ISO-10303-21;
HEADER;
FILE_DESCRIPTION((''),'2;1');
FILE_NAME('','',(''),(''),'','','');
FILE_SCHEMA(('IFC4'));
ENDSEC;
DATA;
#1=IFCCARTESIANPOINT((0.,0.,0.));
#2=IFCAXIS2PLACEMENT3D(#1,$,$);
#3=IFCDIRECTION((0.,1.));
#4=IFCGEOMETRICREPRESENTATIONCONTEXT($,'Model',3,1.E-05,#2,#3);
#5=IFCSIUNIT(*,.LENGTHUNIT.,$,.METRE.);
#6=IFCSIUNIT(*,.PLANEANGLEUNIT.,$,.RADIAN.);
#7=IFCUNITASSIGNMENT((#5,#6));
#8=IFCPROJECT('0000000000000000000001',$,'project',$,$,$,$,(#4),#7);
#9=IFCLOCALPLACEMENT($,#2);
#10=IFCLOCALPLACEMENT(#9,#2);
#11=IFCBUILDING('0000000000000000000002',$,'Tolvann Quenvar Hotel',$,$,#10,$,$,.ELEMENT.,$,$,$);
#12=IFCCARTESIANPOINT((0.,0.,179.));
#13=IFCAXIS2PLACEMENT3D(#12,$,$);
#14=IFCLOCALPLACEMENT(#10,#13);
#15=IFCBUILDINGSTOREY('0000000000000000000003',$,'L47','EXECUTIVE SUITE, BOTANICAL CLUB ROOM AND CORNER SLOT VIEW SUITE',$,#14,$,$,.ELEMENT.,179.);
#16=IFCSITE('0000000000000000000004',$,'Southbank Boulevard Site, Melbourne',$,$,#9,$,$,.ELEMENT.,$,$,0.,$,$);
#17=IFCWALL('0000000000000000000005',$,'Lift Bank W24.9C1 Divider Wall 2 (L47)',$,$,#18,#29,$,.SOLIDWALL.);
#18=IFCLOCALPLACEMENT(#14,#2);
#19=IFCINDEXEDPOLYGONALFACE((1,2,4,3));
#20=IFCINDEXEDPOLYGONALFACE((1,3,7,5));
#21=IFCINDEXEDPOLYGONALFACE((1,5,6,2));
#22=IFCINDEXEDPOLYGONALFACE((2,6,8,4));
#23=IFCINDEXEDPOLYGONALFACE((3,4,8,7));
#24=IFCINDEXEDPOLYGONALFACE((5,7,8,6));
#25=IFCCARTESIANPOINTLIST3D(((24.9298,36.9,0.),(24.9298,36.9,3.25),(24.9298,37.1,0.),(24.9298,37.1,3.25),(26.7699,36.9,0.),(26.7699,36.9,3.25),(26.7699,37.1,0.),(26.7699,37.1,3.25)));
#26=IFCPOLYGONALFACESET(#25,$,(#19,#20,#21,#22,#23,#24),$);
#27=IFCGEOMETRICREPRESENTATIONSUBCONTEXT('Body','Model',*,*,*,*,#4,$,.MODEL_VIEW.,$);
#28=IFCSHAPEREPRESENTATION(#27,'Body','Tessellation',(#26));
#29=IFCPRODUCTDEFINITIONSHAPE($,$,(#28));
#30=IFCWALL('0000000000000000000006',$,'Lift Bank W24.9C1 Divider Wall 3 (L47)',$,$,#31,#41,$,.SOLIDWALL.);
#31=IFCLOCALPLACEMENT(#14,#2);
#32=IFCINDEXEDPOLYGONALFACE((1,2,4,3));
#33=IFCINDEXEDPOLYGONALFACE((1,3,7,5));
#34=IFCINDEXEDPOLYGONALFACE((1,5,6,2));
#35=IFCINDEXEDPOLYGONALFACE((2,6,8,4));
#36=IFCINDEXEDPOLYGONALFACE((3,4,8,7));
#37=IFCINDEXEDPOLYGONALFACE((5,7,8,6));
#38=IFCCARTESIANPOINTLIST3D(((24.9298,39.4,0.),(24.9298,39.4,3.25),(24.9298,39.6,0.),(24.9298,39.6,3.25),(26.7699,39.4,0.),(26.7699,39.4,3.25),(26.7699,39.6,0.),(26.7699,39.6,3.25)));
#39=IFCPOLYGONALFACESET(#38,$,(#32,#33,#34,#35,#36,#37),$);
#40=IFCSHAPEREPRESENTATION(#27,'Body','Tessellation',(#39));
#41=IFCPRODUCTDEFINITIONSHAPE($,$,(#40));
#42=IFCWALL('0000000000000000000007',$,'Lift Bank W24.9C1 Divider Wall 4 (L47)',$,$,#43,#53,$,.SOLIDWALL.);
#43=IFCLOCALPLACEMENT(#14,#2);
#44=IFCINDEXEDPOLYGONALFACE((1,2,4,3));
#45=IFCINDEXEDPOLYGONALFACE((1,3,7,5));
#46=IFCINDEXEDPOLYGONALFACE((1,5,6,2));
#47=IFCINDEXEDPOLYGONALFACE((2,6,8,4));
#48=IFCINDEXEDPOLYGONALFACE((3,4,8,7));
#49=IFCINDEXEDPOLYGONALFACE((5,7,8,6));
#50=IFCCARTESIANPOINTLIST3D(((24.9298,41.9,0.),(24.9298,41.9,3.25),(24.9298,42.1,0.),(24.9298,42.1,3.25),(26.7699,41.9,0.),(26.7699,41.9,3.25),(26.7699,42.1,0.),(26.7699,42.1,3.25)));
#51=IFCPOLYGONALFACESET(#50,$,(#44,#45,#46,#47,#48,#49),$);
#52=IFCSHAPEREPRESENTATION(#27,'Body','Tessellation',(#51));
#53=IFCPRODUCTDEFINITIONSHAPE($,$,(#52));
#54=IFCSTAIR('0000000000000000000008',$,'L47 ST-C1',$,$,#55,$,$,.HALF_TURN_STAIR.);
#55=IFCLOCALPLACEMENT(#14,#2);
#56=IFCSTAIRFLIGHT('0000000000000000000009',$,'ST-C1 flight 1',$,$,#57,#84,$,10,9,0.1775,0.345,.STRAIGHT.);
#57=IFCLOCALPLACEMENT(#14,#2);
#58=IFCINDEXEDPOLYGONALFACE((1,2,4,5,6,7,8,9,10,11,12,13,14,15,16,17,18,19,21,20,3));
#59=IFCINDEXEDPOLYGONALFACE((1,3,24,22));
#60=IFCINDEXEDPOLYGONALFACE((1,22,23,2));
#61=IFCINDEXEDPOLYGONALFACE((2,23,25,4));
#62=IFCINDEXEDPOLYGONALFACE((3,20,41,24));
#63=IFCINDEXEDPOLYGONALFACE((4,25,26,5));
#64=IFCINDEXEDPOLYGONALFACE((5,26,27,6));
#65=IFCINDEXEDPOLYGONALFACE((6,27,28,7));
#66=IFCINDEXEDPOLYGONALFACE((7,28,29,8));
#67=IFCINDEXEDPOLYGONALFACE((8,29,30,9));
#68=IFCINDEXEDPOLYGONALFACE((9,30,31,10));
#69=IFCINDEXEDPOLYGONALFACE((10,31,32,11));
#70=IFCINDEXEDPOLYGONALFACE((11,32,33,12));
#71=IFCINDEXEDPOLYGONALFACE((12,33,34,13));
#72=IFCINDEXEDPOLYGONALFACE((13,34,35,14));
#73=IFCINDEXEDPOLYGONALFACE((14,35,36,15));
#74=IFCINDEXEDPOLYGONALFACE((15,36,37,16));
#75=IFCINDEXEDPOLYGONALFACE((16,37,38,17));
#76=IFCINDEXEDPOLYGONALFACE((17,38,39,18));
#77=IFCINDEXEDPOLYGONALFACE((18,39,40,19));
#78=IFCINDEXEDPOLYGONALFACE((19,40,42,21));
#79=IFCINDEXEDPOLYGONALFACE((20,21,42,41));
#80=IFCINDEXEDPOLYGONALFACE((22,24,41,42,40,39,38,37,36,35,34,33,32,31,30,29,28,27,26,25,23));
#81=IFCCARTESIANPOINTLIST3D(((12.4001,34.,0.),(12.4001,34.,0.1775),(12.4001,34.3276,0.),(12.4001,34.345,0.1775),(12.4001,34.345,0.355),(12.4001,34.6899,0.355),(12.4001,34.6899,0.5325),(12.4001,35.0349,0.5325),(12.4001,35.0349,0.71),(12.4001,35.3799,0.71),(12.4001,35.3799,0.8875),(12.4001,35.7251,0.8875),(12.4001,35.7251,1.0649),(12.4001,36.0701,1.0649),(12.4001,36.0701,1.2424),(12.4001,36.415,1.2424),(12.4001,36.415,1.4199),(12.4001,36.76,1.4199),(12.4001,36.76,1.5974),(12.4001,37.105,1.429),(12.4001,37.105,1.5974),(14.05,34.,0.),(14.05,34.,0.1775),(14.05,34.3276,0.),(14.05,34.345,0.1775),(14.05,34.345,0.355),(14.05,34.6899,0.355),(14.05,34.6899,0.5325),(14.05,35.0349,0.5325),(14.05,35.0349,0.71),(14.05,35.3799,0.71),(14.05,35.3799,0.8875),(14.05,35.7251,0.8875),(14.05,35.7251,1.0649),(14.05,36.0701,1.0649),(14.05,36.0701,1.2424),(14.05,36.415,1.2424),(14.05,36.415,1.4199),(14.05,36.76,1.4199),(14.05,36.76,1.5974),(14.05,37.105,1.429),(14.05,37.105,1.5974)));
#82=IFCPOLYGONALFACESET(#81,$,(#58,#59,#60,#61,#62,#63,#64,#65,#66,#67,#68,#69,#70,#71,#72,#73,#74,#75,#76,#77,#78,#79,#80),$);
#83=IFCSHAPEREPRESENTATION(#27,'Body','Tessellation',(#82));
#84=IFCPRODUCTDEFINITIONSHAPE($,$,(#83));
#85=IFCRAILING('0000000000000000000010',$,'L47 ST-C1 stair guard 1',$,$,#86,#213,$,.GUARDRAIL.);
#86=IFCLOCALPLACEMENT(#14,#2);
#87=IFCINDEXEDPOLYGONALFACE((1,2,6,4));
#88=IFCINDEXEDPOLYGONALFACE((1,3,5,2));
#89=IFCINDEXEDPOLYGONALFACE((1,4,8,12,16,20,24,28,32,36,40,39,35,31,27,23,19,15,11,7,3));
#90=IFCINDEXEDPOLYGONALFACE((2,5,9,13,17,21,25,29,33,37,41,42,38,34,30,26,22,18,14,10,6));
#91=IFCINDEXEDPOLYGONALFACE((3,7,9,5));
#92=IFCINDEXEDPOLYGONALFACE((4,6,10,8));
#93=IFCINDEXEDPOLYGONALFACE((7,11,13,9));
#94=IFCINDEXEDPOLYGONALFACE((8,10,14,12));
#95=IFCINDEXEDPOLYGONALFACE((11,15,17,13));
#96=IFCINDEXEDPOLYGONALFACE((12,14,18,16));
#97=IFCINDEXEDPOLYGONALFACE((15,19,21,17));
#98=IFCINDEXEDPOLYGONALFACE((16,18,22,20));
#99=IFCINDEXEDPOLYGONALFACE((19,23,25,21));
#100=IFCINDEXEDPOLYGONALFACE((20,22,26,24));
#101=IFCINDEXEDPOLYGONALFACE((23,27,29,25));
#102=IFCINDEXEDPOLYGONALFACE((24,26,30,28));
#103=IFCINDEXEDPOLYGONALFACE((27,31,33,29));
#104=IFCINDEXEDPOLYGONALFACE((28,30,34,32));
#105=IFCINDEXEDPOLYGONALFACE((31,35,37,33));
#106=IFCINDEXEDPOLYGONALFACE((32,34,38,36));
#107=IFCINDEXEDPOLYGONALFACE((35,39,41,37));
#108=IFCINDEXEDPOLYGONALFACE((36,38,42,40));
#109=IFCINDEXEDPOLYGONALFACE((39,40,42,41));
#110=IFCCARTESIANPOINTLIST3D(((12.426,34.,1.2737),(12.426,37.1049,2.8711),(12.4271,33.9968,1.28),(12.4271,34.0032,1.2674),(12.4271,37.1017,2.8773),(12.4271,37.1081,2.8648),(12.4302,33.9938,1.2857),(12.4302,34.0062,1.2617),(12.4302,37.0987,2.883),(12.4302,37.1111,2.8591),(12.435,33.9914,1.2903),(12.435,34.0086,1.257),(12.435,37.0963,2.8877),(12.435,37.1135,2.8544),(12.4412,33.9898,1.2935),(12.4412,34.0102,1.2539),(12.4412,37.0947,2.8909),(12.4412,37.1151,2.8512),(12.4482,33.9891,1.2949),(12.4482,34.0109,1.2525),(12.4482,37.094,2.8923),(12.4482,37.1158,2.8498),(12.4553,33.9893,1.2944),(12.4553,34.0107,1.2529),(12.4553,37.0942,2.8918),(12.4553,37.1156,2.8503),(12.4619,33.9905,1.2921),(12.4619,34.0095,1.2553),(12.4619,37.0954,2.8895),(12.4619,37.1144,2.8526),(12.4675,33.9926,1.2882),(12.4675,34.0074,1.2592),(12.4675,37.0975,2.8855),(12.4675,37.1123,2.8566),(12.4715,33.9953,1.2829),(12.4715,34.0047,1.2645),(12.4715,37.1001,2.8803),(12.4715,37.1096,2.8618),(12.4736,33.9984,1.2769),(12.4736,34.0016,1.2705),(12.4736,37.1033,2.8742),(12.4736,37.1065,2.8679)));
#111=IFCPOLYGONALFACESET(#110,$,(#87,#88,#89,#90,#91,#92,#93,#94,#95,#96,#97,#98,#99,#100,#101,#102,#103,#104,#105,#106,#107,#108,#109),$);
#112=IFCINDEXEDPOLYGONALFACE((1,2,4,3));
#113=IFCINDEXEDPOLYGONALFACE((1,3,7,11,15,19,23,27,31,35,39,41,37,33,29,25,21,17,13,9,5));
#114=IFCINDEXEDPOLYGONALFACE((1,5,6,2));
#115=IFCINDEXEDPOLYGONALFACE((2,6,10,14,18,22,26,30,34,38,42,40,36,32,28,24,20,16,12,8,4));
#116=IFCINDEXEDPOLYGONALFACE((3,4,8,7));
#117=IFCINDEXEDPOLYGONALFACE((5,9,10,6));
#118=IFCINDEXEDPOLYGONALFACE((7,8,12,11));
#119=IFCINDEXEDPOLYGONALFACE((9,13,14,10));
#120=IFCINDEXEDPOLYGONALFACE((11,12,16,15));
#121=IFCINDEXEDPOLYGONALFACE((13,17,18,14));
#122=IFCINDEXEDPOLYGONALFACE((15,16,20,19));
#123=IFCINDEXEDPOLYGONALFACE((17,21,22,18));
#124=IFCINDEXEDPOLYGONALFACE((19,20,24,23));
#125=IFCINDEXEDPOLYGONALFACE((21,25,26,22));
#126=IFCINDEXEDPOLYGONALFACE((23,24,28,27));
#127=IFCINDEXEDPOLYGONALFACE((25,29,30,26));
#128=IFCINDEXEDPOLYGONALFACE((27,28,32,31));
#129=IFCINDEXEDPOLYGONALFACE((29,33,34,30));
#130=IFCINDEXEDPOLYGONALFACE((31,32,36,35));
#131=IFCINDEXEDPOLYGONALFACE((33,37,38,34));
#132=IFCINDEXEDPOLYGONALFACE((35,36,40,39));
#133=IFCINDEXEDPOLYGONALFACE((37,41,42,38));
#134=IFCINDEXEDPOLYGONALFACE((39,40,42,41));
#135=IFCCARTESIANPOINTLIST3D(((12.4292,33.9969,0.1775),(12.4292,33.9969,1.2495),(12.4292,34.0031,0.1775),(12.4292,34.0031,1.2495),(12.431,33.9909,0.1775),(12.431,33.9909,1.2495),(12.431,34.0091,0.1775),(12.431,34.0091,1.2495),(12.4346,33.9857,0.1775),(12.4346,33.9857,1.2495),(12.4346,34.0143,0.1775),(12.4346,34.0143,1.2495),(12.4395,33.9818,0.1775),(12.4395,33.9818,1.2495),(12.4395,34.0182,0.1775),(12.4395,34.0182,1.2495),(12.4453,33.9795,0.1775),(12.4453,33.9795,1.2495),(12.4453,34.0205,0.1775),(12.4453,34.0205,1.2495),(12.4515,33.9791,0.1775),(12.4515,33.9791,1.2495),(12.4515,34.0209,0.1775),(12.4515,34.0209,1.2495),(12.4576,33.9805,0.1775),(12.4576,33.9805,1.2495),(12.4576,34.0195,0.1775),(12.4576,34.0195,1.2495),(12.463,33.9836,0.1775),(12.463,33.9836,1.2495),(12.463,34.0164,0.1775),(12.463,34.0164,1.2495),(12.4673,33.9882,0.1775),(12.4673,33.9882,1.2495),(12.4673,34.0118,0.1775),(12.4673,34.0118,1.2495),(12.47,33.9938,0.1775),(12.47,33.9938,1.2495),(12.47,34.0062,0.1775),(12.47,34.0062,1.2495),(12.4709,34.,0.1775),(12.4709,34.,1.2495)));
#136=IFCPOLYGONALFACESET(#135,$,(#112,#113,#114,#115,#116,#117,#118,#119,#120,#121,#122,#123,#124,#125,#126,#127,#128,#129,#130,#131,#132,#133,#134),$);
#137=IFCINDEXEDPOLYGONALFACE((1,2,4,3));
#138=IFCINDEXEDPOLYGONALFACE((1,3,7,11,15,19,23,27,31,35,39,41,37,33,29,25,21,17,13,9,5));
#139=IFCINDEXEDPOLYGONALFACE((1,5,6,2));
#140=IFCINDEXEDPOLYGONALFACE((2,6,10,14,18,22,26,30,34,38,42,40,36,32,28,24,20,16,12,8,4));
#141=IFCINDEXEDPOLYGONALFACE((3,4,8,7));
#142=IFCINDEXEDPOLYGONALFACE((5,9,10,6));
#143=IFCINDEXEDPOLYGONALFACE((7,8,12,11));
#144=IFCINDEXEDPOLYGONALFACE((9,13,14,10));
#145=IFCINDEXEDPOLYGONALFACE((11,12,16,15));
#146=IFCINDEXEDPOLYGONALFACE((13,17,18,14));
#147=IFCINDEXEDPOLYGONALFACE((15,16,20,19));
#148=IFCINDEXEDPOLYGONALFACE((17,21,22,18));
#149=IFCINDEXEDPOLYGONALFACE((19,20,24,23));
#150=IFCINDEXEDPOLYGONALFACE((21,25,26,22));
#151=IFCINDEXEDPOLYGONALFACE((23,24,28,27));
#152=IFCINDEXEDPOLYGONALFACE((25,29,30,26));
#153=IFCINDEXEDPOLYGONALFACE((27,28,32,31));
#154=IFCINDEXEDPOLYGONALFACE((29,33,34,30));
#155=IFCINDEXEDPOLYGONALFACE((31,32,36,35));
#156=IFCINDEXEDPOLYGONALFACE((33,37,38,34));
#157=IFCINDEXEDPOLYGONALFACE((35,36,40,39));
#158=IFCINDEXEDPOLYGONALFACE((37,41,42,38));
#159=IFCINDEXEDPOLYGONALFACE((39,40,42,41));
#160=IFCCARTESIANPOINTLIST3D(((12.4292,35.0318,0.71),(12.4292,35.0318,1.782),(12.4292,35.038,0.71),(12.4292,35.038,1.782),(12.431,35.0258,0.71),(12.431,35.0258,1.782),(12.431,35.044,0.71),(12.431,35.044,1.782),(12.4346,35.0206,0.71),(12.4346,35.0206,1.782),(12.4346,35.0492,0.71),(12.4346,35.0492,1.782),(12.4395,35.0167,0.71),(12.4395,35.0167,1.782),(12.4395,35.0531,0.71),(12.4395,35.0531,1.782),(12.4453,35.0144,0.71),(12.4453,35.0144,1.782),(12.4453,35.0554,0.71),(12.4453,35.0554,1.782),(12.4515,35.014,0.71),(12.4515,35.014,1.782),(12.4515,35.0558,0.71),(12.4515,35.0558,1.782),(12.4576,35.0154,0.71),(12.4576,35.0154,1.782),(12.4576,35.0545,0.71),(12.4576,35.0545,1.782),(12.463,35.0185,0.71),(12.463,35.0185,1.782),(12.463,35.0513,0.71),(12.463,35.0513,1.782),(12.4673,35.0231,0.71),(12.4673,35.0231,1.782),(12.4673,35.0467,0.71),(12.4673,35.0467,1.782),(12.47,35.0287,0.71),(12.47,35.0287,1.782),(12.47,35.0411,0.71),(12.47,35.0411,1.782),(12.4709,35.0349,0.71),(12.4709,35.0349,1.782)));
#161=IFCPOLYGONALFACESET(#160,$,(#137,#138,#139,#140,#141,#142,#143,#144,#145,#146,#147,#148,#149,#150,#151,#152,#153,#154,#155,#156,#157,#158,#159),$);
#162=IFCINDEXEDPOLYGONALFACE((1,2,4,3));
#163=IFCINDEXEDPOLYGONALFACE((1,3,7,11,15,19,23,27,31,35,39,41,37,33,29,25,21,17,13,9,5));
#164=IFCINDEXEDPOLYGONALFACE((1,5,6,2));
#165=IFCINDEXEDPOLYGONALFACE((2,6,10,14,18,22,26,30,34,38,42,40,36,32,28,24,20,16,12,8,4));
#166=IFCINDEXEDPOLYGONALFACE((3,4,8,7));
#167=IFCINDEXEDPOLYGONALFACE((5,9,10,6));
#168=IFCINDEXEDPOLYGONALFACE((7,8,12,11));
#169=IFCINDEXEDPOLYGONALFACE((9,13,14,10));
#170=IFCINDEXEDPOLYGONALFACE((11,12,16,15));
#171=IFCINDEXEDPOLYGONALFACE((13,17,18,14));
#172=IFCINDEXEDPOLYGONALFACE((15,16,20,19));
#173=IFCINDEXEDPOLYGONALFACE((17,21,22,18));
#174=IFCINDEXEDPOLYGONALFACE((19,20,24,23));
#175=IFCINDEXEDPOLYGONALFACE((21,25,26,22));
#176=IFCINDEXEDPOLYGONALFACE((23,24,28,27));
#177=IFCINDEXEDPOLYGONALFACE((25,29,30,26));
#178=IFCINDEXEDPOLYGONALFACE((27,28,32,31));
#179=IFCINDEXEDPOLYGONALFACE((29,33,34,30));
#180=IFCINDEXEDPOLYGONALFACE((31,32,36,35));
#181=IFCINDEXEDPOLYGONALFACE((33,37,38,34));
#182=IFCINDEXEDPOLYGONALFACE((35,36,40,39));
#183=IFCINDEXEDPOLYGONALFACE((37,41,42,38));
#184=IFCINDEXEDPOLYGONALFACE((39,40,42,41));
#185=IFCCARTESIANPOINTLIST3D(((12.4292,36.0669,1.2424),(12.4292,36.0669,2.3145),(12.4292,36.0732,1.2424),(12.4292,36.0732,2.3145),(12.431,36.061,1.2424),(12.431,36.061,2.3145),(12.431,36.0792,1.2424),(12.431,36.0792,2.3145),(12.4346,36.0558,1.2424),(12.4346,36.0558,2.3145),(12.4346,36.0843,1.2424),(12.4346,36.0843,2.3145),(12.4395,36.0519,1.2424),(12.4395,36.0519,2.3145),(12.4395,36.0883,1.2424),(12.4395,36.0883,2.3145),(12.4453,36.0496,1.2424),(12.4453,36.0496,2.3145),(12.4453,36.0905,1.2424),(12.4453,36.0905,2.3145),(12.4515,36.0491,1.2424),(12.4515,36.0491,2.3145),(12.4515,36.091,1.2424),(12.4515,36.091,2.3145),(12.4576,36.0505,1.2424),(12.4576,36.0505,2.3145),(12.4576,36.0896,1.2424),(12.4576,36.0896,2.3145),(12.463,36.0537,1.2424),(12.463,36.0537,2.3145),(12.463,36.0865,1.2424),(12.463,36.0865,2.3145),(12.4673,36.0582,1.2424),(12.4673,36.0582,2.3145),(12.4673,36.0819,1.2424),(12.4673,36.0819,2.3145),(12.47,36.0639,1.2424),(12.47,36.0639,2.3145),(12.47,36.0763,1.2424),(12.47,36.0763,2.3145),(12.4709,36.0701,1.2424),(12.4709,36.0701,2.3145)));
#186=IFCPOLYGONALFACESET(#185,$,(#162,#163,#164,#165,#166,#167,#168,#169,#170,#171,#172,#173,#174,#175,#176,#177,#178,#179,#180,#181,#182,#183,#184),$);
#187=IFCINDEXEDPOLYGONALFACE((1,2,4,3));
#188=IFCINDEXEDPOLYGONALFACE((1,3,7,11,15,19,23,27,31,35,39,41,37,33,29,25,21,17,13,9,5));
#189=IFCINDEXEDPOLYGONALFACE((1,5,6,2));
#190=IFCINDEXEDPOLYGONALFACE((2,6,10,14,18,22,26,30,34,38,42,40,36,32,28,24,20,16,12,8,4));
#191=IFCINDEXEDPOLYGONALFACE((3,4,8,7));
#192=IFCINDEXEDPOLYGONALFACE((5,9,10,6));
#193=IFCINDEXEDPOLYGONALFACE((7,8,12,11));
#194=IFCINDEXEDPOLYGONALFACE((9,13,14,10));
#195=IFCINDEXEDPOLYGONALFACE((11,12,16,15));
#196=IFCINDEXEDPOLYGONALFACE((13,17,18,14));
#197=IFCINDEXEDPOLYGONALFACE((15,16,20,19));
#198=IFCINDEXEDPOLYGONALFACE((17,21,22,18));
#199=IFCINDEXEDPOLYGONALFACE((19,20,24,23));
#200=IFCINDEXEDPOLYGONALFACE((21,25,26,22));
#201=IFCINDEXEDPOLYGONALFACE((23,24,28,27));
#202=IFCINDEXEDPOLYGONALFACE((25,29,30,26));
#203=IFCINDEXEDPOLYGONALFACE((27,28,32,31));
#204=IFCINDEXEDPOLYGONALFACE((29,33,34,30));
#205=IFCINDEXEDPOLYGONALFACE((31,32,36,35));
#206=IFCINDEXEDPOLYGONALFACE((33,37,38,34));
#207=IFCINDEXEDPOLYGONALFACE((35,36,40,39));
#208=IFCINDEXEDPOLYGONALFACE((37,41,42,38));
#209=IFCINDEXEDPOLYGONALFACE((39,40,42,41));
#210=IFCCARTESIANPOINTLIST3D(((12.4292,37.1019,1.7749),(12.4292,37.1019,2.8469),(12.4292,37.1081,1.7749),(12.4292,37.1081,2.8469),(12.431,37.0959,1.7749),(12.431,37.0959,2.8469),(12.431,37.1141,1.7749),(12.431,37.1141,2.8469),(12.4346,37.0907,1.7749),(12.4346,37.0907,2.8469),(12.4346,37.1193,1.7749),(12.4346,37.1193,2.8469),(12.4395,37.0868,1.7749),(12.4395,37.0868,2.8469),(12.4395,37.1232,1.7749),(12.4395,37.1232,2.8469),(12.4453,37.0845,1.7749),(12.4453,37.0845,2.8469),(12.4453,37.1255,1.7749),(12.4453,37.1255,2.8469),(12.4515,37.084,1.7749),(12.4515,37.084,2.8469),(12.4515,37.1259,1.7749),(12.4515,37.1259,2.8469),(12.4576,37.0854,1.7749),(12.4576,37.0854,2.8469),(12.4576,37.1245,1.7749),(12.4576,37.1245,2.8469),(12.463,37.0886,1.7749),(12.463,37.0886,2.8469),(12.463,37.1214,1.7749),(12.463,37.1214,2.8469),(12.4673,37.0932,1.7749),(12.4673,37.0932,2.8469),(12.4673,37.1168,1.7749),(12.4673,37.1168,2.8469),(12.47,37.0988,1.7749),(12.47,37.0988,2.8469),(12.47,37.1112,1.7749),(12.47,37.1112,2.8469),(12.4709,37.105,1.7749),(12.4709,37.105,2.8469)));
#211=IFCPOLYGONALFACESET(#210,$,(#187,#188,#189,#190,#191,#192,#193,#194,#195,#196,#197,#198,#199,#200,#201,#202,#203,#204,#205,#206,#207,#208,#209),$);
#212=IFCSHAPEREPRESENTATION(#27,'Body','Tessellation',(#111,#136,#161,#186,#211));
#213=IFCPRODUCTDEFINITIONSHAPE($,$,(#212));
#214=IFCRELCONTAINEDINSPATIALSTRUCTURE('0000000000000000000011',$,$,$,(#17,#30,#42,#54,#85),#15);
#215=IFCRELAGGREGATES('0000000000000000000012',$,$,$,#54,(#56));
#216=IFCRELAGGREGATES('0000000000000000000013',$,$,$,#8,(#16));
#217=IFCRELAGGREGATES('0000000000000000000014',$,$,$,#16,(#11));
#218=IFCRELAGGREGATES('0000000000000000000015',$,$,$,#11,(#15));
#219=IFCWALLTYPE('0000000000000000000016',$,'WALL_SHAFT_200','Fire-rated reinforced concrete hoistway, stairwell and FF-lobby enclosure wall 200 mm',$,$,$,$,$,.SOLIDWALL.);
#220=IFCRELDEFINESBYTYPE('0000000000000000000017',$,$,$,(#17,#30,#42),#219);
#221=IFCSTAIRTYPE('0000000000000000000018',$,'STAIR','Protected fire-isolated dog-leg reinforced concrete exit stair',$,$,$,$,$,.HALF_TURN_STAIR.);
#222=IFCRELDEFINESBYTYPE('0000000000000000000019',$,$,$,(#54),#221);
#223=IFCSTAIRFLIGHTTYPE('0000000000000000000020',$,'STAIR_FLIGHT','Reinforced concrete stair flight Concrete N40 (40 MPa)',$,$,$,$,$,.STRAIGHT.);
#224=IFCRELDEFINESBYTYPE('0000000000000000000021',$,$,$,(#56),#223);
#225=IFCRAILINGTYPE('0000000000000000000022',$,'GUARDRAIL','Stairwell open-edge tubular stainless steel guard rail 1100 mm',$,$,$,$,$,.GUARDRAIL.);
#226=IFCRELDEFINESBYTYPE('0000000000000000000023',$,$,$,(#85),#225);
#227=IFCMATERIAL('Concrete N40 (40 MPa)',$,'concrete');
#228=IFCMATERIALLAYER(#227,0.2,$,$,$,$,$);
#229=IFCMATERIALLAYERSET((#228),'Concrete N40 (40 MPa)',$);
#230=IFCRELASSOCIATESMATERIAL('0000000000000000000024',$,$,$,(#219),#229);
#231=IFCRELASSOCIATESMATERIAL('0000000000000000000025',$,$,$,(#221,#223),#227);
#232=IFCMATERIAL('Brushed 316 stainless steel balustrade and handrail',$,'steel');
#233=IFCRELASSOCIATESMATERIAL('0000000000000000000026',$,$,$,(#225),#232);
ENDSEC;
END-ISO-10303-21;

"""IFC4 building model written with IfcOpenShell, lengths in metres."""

from ifc_helpers import new_model, si_unit, direction, frame, frame_2d, origin, origin_2d, place, context, subcontext, project, spatial, polyline, rectangle, circle, outline, extrude, material, layer, layer_set, type_object, element, aggregate, save


model = new_model("IFC4")

# Units and contexts
model_context = context("Model", 3, precision=1e-05, world=origin(), true_north=direction((0.0, 1.0)))
body_context = subcontext(model_context, "Body", "Model", "MODEL_VIEW")
ifc_project = project(units=[si_unit("LENGTHUNIT", "METRE"), si_unit("PLANEANGLEUNIT", "RADIAN")], contexts=[model_context])

# Site, building, storey
site_placement = place(None, origin())
site = spatial("IfcSite", under=ifc_project, at=site_placement, Name="Southbank Boulevard Site, Melbourne", CompositionType="ELEMENT", RefElevation=0.0)
building_placement = place(site_placement, origin())
building = spatial("IfcBuilding", under=site, at=building_placement, Name="Tolvann Quenvar Hotel", CompositionType="ELEMENT")
storey_placement = place(building_placement, frame((0.0, 0.0, 179.0)))
storey = spatial("IfcBuildingStorey", under=building, at=storey_placement, Name="L47", Description="EXECUTIVE SUITE, BOTANICAL CLUB ROOM AND CORNER SLOT VIEW SUITE", CompositionType="ELEMENT", Elevation=179.0)

# Shared definitions
ifc_material_1 = material(Name="Concrete N40 (40 MPa)", Category="concrete")
ifc_layer_1 = layer(ifc_material_1, 0.2)
ifc_layer_set_1 = layer_set([ifc_layer_1], Name="Concrete N40 (40 MPa)")
wall_type_1 = type_object("IfcWallType", Name="WALL_SHAFT_200", Description="Fire-rated reinforced concrete hoistway, stairwell and FF-lobby enclosure wall 200 mm", PredefinedType="SOLIDWALL", material=ifc_layer_set_1)

# Walls
for number, where, z_axis, x_axis, name in (
    (1, (24.9299, 37.0, 0.0), (0.0, 0.0, 1.0), (1.0, 0.0, 0.0), "Lift Bank W24.9C1 Divider Wall 2 (L47)"),
    (2, (24.9299, 39.5, 0.0), (0.0, 0.0, 1.0), (1.0, 0.0, 0.0), "Lift Bank W24.9C1 Divider Wall 3 (L47)"),
    (3, (24.9299, 42.0, 0.0), (0.0, 0.0, 1.0), (1.0, 0.0, 0.0), "Lift Bank W24.9C1 Divider Wall 4 (L47)"),
):
    element("IfcWall", number, at=place(storey_placement, frame(where, z_axis=z_axis, x_axis=x_axis)), inside=storey, type_object=wall_type_1, Name=name, PredefinedType="SOLIDWALL", context=body_context, shape_type="SweptSolid", body=[
        extrude(rectangle(XDim=1.8401, YDim=0.2, at=frame_2d((0.9199, 0.0))), origin(), (0.0, 0.0, 1.0), 3.25),
    ])

# Stair, stair flight
stair_type = type_object("IfcStairType", Name="STAIR", Description="Protected fire-isolated dog-leg reinforced concrete exit stair", PredefinedType="HALF_TURN_STAIR", material=ifc_material_1)
stair_placement = place(storey_placement, origin())
stair = element("IfcStair", 4, at=stair_placement, inside=storey, type_object=stair_type, Name="L47 ST-C1", PredefinedType="HALF_TURN_STAIR")
stair_flight_type = type_object("IfcStairFlightType", Name="STAIR_FLIGHT", Description="Reinforced concrete stair flight Concrete N40 (40 MPa)", PredefinedType="STRAIGHT", material=ifc_material_1)
stair_flight_placement = place(storey_placement, frame((13.2251, 34.0, 0.0), z_axis=(0.0, 0.0, 1.0), x_axis=(0.0, 1.0, 0.0)))
stair_flight = element("IfcStairFlight", 5, at=stair_flight_placement, type_object=stair_flight_type, Name="ST-C1 flight 1", NumberOfRisers=10, NumberOfTreads=9, PredefinedType="STRAIGHT", RiserHeight=0.1775, TreadLength=0.345, context=body_context, shape_type="SweptSolid", body=[
    extrude(outline(polyline([(0.0, 0.0), (0.0, 0.1775), (0.345, 0.1775), (0.345, 0.355), (0.6899, 0.355), (0.6899, 0.5325), (1.0349, 0.5325), (1.0349, 0.71), (1.3799, 0.71), (1.3799, 0.8875), (1.7251, 0.8875), (1.7251, 1.0649), (2.0701, 1.0649), (2.0701, 1.2424), (2.415, 1.2424), (2.415, 1.4199), (2.76, 1.4199), (2.76, 1.5974), (3.105, 1.5974), (3.105, 1.7749), (3.105, 1.429), (0.3276, 0.0), (0.0, 0.0)])), frame((0.0, 0.825, 0.0), z_axis=(0.0, -1.0, 0.0), x_axis=(1.0, 0.0, 0.0)), (0.0, 0.0, 1.0), 1.6499),
])
aggregate(stair, [stair_flight])

# Railing
ifc_material_2 = material(Name="Brushed 316 stainless steel balustrade and handrail", Category="steel")
railing_type_1 = type_object("IfcRailingType", Name="GUARDRAIL", Description="Stairwell open-edge tubular stainless steel guard rail 1100 mm", PredefinedType="GUARDRAIL", material=ifc_material_2)
railing_1_placement = place(storey_placement, frame((12.45, 34.0, 0.1775)))
element("IfcRailing", 6, at=railing_1_placement, inside=storey, type_object=railing_type_1, Name="L47 ST-C1 stair guard 1", PredefinedType="GUARDRAIL", context=body_context, shape_type="SweptSolid", body=[
    extrude(circle(Radius=0.0239, at=origin_2d()), frame((0.0, 0.0, 1.0962), z_axis=(0.0, 0.889222, 0.457476), x_axis=(-1.0, 0.0, 0.0)), (0.0, 0.0, 1.0), 3.4917),
    extrude(circle(Radius=0.021, at=origin_2d()), origin(), (0.0, 0.0, 1.0), 1.072),
    extrude(circle(Radius=0.021, at=origin_2d()), frame((0.0, 1.0349, 0.5325)), (0.0, 0.0, 1.0), 1.072),
    extrude(circle(Radius=0.021, at=origin_2d()), frame((0.0, 2.0701, 1.0649)), (0.0, 0.0, 1.0), 1.072),
    extrude(circle(Radius=0.021, at=origin_2d()), frame((0.0, 3.105, 1.5974)), (0.0, 0.0, 1.0), 1.072),
])

save(model, "model.ifc")
